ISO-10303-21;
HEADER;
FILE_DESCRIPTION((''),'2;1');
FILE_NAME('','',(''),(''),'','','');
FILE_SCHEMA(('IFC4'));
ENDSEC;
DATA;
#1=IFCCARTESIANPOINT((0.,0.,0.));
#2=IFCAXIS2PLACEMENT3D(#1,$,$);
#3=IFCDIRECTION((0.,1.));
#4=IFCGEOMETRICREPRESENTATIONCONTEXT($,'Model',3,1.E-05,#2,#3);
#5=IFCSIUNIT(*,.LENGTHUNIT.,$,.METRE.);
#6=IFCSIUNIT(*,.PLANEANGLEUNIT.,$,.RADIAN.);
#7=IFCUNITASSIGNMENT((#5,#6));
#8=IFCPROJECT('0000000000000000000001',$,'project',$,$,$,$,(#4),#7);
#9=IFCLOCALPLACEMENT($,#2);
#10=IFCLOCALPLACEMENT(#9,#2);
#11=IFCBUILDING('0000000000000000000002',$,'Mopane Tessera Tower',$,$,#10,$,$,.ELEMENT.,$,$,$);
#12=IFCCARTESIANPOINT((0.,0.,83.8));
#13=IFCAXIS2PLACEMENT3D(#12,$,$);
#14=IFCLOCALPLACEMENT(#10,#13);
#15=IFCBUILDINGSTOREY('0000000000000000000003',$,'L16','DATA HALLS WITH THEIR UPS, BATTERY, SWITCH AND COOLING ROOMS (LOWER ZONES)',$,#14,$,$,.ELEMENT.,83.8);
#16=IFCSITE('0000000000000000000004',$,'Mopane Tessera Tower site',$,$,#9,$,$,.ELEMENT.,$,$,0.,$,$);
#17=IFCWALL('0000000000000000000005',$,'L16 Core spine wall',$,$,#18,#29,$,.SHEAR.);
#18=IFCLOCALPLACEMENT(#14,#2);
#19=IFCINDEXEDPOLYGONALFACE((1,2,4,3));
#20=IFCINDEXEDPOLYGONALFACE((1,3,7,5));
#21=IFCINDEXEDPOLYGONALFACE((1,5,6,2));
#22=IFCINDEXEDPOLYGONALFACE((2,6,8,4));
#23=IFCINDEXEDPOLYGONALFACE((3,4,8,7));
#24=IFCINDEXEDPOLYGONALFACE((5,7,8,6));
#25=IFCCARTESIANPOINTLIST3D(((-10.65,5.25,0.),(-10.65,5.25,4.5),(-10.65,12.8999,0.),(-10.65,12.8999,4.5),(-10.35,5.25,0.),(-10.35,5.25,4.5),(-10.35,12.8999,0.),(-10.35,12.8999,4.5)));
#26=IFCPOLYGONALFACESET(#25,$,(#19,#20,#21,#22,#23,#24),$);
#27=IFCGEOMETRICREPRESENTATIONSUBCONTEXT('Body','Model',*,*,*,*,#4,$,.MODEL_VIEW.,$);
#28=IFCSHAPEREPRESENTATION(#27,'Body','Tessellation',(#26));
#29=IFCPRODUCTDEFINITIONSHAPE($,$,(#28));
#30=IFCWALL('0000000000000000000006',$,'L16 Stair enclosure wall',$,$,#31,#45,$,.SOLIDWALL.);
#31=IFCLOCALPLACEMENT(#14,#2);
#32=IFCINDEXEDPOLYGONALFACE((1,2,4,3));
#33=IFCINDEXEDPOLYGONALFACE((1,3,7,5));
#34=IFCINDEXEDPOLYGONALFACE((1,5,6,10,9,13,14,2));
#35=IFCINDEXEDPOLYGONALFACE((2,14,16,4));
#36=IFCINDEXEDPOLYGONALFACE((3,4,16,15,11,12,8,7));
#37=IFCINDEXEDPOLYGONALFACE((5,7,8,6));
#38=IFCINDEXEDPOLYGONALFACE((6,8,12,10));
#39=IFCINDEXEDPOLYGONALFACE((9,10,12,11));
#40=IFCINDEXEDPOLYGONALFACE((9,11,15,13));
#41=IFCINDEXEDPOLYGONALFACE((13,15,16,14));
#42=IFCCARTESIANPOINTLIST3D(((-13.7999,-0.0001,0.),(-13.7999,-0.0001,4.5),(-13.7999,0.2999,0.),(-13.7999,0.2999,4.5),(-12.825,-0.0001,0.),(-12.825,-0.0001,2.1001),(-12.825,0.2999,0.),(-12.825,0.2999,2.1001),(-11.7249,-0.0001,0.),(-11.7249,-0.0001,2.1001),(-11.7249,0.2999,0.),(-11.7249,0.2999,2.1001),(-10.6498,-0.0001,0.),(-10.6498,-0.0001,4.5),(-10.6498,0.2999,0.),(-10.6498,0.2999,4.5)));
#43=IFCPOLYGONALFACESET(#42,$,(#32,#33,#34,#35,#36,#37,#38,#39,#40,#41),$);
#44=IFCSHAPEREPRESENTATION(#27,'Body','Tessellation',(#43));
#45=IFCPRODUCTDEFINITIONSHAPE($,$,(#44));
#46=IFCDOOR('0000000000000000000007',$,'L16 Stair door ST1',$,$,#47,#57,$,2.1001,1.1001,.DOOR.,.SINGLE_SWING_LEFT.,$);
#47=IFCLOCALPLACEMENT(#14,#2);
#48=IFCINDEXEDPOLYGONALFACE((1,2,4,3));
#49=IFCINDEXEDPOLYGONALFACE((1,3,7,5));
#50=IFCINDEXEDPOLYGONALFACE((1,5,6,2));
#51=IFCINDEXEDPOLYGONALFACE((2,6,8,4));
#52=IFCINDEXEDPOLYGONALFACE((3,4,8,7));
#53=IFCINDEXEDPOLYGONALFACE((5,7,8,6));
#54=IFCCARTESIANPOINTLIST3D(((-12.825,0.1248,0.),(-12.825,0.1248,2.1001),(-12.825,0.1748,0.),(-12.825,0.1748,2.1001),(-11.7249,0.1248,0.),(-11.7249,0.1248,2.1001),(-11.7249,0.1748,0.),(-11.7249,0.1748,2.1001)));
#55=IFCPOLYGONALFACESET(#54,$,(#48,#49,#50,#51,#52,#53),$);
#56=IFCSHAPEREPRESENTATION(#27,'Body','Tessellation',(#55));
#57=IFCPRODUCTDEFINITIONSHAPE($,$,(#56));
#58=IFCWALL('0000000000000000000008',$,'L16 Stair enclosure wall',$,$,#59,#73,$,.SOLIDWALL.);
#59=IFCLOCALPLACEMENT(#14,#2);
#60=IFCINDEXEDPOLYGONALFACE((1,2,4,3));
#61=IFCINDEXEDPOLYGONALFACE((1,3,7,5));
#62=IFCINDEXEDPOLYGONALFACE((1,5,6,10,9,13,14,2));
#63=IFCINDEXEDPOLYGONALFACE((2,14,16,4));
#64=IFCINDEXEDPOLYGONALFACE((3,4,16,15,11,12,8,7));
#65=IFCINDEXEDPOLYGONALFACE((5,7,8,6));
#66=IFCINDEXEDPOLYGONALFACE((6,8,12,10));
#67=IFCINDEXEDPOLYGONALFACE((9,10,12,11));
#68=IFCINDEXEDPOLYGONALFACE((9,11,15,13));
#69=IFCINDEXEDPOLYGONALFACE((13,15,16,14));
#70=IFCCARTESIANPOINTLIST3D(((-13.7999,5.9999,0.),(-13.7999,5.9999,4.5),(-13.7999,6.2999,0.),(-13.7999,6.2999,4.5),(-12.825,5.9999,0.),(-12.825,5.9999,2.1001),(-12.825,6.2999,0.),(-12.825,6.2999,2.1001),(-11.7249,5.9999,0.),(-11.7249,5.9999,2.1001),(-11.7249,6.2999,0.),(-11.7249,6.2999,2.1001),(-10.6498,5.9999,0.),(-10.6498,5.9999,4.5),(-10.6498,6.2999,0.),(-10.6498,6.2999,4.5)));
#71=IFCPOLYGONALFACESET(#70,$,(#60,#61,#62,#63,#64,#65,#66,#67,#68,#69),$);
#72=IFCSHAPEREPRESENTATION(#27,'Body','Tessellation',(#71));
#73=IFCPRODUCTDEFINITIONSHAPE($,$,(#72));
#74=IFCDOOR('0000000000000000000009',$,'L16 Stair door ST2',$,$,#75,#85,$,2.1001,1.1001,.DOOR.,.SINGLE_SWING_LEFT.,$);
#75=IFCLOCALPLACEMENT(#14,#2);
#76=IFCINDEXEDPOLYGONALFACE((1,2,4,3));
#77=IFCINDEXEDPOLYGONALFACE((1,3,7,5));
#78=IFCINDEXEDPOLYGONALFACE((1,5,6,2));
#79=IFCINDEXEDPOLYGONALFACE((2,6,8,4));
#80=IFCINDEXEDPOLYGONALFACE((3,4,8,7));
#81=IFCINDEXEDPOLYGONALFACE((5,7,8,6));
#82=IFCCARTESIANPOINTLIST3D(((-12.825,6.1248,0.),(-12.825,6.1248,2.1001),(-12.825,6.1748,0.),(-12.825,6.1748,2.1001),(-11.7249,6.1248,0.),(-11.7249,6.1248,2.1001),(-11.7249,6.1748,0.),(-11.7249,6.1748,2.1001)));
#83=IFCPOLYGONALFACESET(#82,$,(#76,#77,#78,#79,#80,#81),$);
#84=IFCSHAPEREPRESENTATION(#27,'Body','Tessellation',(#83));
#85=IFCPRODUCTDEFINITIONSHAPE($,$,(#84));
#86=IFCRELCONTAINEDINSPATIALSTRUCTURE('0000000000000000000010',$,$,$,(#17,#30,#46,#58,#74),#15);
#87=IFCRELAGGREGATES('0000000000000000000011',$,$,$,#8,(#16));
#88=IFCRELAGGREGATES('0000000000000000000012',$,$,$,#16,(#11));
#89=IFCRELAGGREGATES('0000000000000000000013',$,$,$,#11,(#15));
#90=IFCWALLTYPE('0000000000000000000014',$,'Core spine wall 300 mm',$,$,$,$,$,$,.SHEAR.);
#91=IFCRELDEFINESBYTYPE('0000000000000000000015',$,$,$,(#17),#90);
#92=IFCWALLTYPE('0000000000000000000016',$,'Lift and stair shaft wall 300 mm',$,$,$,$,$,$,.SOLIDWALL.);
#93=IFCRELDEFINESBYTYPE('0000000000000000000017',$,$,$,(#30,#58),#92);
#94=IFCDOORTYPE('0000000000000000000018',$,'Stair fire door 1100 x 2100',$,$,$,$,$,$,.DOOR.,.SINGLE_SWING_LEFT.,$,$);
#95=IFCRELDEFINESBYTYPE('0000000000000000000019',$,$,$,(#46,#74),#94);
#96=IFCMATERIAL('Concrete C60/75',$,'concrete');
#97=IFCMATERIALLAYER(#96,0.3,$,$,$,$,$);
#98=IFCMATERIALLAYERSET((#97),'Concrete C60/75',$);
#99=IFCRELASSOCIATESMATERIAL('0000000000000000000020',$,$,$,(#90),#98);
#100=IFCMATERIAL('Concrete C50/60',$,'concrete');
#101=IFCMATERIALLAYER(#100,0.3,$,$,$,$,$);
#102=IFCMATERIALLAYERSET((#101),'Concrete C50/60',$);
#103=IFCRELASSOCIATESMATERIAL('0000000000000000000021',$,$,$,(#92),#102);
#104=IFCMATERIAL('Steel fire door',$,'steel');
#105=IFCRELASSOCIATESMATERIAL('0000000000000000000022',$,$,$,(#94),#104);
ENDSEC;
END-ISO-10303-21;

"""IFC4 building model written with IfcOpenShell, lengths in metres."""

from ifc_helpers import new_model, si_unit, direction, frame, frame_2d, origin, place, context, subcontext, project, spatial, rectangle, extrude, material, layer, layer_set, type_object, element, fill, save


model = new_model("IFC4")

# Units and contexts
model_context = context("Model", 3, precision=1e-05, world=origin(), true_north=direction((0.0, 1.0)))
body_context = subcontext(model_context, "Body", "Model", "MODEL_VIEW")
ifc_project = project(units=[si_unit("LENGTHUNIT", "METRE"), si_unit("PLANEANGLEUNIT", "RADIAN")], contexts=[model_context])

# Site, building, storey
site_placement = place(None, origin())
site = spatial("IfcSite", under=ifc_project, at=site_placement, Name="Mopane Tessera Tower site", CompositionType="ELEMENT", RefElevation=0.0)
building_placement = place(site_placement, origin())
building = spatial("IfcBuilding", under=site, at=building_placement, Name="Mopane Tessera Tower", CompositionType="ELEMENT")
storey_placement = place(building_placement, frame((0.0, 0.0, 83.8)))
storey = spatial("IfcBuildingStorey", under=building, at=storey_placement, Name="L16", Description="DATA HALLS WITH THEIR UPS, BATTERY, SWITCH AND COOLING ROOMS (LOWER ZONES)", CompositionType="ELEMENT", Elevation=83.8)

# Wall
ifc_material_1 = material(Name="Concrete C60/75", Category="concrete")
ifc_layer_1 = layer(ifc_material_1, 0.3)
ifc_layer_set_1 = layer_set([ifc_layer_1], Name="Concrete C60/75")
wall_type_1 = type_object("IfcWallType", Name="Core spine wall 300 mm", PredefinedType="SHEAR", material=ifc_layer_set_1)
wall_1_placement = place(storey_placement, frame((-10.5, 5.25, 0.0), z_axis=(0.0, 0.0, 1.0), x_axis=(0.0, 1.0, 0.0)))
element("IfcWall", 1, at=wall_1_placement, inside=storey, type_object=wall_type_1, Name="L16 Core spine wall", PredefinedType="SHEAR", context=body_context, shape_type="SweptSolid", body=[
    extrude(rectangle(XDim=7.6499, YDim=0.3, at=frame_2d((3.825, 0.0))), origin(), (0.0, 0.0, 1.0), 4.5),
])

# Walls, openings, doors
ifc_material_2 = material(Name="Concrete C50/60", Category="concrete")
ifc_layer_2 = layer(ifc_material_2, 0.3)
ifc_layer_set_2 = layer_set([ifc_layer_2], Name="Concrete C50/60")
wall_type_2 = type_object("IfcWallType", Name="Lift and stair shaft wall 300 mm", PredefinedType="SOLIDWALL", material=ifc_layer_set_2)
wall_2_placement = place(storey_placement, frame((-13.8, 0.1499, 0.0), z_axis=(0.0, 0.0, 1.0), x_axis=(1.0, 0.0, 0.0)))
wall_2 = element("IfcWall", 2, at=wall_2_placement, inside=storey, type_object=wall_type_2, Name="L16 Stair enclosure wall", PredefinedType="SOLIDWALL", context=body_context, shape_type="SweptSolid", body=[
    extrude(rectangle(XDim=3.1501, YDim=0.3, at=frame_2d((1.5752, 0.0))), origin(), (0.0, 0.0, 1.0), 4.5),
])
opening_1_placement = place(wall_2_placement, frame((0.9751, 0.0, 0.0)))
opening_1 = element("IfcOpeningElement", 3, at=opening_1_placement, cuts=wall_2, PredefinedType="OPENING", context=body_context, shape_type="SweptSolid", body=[
    extrude(rectangle(XDim=1.1001, YDim=2.1001, at=frame_2d((0.55, 1.05))), frame((0.0, 0.1621, 0.0), z_axis=(0.0, -1.0, 0.0), x_axis=(1.0, 0.0, 0.0)), (0.0, 0.0, 1.0), 0.324),
])
ifc_material_3 = material(Name="Steel fire door", Category="steel")
door_type_1 = type_object("IfcDoorType", Name="Stair fire door 1100 x 2100", OperationType="SINGLE_SWING_LEFT", PredefinedType="DOOR", material=ifc_material_3)
door_1_placement = place(opening_1_placement, origin())
door_1 = element("IfcDoor", 4, at=door_1_placement, inside=storey, type_object=door_type_1, Name="L16 Stair door ST1", OperationType="SINGLE_SWING_LEFT", OverallHeight=2.1001, OverallWidth=1.1001, PredefinedType="DOOR", context=body_context, shape_type="SweptSolid", body=[
    extrude(rectangle(XDim=1.1001, YDim=2.1001, at=frame_2d((0.55, 1.05))), frame((0.0, 0.0249, 0.0), z_axis=(0.0, -1.0, 0.0), x_axis=(1.0, 0.0, 0.0)), (0.0, 0.0, 1.0), 0.05),
])
fill(opening_1, door_1)
wall_3_placement = place(storey_placement, frame((-13.8, 6.1499, 0.0), z_axis=(0.0, 0.0, 1.0), x_axis=(1.0, 0.0, 0.0)))
wall_3 = element("IfcWall", 5, at=wall_3_placement, inside=storey, type_object=wall_type_2, Name="L16 Stair enclosure wall", PredefinedType="SOLIDWALL", context=body_context, shape_type="SweptSolid", body=[
    extrude(rectangle(XDim=3.1501, YDim=0.3, at=frame_2d((1.5752, 0.0))), origin(), (0.0, 0.0, 1.0), 4.5),
])
opening_2_placement = place(wall_3_placement, frame((0.9751, 0.0, 0.0)))
opening_2 = element("IfcOpeningElement", 6, at=opening_2_placement, cuts=wall_3, PredefinedType="OPENING", context=body_context, shape_type="SweptSolid", body=[
    extrude(rectangle(XDim=1.1001, YDim=2.1001, at=frame_2d((0.55, 1.05))), frame((0.0, 0.1621, 0.0), z_axis=(0.0, -1.0, 0.0), x_axis=(1.0, 0.0, 0.0)), (0.0, 0.0, 1.0), 0.324),
])
door_2_placement = place(opening_2_placement, origin())
door_2 = element("IfcDoor", 7, at=door_2_placement, inside=storey, type_object=door_type_1, Name="L16 Stair door ST2", OperationType="SINGLE_SWING_LEFT", OverallHeight=2.1001, OverallWidth=1.1001, PredefinedType="DOOR", context=body_context, shape_type="SweptSolid", body=[
    extrude(rectangle(XDim=1.1001, YDim=2.1001, at=frame_2d((0.55, 1.05))), frame((0.0, 0.0249, 0.0), z_axis=(0.0, -1.0, 0.0), x_axis=(1.0, 0.0, 0.0)), (0.0, 0.0, 1.0), 0.05),
])
fill(opening_2, door_2)

save(model, "model.ifc")
